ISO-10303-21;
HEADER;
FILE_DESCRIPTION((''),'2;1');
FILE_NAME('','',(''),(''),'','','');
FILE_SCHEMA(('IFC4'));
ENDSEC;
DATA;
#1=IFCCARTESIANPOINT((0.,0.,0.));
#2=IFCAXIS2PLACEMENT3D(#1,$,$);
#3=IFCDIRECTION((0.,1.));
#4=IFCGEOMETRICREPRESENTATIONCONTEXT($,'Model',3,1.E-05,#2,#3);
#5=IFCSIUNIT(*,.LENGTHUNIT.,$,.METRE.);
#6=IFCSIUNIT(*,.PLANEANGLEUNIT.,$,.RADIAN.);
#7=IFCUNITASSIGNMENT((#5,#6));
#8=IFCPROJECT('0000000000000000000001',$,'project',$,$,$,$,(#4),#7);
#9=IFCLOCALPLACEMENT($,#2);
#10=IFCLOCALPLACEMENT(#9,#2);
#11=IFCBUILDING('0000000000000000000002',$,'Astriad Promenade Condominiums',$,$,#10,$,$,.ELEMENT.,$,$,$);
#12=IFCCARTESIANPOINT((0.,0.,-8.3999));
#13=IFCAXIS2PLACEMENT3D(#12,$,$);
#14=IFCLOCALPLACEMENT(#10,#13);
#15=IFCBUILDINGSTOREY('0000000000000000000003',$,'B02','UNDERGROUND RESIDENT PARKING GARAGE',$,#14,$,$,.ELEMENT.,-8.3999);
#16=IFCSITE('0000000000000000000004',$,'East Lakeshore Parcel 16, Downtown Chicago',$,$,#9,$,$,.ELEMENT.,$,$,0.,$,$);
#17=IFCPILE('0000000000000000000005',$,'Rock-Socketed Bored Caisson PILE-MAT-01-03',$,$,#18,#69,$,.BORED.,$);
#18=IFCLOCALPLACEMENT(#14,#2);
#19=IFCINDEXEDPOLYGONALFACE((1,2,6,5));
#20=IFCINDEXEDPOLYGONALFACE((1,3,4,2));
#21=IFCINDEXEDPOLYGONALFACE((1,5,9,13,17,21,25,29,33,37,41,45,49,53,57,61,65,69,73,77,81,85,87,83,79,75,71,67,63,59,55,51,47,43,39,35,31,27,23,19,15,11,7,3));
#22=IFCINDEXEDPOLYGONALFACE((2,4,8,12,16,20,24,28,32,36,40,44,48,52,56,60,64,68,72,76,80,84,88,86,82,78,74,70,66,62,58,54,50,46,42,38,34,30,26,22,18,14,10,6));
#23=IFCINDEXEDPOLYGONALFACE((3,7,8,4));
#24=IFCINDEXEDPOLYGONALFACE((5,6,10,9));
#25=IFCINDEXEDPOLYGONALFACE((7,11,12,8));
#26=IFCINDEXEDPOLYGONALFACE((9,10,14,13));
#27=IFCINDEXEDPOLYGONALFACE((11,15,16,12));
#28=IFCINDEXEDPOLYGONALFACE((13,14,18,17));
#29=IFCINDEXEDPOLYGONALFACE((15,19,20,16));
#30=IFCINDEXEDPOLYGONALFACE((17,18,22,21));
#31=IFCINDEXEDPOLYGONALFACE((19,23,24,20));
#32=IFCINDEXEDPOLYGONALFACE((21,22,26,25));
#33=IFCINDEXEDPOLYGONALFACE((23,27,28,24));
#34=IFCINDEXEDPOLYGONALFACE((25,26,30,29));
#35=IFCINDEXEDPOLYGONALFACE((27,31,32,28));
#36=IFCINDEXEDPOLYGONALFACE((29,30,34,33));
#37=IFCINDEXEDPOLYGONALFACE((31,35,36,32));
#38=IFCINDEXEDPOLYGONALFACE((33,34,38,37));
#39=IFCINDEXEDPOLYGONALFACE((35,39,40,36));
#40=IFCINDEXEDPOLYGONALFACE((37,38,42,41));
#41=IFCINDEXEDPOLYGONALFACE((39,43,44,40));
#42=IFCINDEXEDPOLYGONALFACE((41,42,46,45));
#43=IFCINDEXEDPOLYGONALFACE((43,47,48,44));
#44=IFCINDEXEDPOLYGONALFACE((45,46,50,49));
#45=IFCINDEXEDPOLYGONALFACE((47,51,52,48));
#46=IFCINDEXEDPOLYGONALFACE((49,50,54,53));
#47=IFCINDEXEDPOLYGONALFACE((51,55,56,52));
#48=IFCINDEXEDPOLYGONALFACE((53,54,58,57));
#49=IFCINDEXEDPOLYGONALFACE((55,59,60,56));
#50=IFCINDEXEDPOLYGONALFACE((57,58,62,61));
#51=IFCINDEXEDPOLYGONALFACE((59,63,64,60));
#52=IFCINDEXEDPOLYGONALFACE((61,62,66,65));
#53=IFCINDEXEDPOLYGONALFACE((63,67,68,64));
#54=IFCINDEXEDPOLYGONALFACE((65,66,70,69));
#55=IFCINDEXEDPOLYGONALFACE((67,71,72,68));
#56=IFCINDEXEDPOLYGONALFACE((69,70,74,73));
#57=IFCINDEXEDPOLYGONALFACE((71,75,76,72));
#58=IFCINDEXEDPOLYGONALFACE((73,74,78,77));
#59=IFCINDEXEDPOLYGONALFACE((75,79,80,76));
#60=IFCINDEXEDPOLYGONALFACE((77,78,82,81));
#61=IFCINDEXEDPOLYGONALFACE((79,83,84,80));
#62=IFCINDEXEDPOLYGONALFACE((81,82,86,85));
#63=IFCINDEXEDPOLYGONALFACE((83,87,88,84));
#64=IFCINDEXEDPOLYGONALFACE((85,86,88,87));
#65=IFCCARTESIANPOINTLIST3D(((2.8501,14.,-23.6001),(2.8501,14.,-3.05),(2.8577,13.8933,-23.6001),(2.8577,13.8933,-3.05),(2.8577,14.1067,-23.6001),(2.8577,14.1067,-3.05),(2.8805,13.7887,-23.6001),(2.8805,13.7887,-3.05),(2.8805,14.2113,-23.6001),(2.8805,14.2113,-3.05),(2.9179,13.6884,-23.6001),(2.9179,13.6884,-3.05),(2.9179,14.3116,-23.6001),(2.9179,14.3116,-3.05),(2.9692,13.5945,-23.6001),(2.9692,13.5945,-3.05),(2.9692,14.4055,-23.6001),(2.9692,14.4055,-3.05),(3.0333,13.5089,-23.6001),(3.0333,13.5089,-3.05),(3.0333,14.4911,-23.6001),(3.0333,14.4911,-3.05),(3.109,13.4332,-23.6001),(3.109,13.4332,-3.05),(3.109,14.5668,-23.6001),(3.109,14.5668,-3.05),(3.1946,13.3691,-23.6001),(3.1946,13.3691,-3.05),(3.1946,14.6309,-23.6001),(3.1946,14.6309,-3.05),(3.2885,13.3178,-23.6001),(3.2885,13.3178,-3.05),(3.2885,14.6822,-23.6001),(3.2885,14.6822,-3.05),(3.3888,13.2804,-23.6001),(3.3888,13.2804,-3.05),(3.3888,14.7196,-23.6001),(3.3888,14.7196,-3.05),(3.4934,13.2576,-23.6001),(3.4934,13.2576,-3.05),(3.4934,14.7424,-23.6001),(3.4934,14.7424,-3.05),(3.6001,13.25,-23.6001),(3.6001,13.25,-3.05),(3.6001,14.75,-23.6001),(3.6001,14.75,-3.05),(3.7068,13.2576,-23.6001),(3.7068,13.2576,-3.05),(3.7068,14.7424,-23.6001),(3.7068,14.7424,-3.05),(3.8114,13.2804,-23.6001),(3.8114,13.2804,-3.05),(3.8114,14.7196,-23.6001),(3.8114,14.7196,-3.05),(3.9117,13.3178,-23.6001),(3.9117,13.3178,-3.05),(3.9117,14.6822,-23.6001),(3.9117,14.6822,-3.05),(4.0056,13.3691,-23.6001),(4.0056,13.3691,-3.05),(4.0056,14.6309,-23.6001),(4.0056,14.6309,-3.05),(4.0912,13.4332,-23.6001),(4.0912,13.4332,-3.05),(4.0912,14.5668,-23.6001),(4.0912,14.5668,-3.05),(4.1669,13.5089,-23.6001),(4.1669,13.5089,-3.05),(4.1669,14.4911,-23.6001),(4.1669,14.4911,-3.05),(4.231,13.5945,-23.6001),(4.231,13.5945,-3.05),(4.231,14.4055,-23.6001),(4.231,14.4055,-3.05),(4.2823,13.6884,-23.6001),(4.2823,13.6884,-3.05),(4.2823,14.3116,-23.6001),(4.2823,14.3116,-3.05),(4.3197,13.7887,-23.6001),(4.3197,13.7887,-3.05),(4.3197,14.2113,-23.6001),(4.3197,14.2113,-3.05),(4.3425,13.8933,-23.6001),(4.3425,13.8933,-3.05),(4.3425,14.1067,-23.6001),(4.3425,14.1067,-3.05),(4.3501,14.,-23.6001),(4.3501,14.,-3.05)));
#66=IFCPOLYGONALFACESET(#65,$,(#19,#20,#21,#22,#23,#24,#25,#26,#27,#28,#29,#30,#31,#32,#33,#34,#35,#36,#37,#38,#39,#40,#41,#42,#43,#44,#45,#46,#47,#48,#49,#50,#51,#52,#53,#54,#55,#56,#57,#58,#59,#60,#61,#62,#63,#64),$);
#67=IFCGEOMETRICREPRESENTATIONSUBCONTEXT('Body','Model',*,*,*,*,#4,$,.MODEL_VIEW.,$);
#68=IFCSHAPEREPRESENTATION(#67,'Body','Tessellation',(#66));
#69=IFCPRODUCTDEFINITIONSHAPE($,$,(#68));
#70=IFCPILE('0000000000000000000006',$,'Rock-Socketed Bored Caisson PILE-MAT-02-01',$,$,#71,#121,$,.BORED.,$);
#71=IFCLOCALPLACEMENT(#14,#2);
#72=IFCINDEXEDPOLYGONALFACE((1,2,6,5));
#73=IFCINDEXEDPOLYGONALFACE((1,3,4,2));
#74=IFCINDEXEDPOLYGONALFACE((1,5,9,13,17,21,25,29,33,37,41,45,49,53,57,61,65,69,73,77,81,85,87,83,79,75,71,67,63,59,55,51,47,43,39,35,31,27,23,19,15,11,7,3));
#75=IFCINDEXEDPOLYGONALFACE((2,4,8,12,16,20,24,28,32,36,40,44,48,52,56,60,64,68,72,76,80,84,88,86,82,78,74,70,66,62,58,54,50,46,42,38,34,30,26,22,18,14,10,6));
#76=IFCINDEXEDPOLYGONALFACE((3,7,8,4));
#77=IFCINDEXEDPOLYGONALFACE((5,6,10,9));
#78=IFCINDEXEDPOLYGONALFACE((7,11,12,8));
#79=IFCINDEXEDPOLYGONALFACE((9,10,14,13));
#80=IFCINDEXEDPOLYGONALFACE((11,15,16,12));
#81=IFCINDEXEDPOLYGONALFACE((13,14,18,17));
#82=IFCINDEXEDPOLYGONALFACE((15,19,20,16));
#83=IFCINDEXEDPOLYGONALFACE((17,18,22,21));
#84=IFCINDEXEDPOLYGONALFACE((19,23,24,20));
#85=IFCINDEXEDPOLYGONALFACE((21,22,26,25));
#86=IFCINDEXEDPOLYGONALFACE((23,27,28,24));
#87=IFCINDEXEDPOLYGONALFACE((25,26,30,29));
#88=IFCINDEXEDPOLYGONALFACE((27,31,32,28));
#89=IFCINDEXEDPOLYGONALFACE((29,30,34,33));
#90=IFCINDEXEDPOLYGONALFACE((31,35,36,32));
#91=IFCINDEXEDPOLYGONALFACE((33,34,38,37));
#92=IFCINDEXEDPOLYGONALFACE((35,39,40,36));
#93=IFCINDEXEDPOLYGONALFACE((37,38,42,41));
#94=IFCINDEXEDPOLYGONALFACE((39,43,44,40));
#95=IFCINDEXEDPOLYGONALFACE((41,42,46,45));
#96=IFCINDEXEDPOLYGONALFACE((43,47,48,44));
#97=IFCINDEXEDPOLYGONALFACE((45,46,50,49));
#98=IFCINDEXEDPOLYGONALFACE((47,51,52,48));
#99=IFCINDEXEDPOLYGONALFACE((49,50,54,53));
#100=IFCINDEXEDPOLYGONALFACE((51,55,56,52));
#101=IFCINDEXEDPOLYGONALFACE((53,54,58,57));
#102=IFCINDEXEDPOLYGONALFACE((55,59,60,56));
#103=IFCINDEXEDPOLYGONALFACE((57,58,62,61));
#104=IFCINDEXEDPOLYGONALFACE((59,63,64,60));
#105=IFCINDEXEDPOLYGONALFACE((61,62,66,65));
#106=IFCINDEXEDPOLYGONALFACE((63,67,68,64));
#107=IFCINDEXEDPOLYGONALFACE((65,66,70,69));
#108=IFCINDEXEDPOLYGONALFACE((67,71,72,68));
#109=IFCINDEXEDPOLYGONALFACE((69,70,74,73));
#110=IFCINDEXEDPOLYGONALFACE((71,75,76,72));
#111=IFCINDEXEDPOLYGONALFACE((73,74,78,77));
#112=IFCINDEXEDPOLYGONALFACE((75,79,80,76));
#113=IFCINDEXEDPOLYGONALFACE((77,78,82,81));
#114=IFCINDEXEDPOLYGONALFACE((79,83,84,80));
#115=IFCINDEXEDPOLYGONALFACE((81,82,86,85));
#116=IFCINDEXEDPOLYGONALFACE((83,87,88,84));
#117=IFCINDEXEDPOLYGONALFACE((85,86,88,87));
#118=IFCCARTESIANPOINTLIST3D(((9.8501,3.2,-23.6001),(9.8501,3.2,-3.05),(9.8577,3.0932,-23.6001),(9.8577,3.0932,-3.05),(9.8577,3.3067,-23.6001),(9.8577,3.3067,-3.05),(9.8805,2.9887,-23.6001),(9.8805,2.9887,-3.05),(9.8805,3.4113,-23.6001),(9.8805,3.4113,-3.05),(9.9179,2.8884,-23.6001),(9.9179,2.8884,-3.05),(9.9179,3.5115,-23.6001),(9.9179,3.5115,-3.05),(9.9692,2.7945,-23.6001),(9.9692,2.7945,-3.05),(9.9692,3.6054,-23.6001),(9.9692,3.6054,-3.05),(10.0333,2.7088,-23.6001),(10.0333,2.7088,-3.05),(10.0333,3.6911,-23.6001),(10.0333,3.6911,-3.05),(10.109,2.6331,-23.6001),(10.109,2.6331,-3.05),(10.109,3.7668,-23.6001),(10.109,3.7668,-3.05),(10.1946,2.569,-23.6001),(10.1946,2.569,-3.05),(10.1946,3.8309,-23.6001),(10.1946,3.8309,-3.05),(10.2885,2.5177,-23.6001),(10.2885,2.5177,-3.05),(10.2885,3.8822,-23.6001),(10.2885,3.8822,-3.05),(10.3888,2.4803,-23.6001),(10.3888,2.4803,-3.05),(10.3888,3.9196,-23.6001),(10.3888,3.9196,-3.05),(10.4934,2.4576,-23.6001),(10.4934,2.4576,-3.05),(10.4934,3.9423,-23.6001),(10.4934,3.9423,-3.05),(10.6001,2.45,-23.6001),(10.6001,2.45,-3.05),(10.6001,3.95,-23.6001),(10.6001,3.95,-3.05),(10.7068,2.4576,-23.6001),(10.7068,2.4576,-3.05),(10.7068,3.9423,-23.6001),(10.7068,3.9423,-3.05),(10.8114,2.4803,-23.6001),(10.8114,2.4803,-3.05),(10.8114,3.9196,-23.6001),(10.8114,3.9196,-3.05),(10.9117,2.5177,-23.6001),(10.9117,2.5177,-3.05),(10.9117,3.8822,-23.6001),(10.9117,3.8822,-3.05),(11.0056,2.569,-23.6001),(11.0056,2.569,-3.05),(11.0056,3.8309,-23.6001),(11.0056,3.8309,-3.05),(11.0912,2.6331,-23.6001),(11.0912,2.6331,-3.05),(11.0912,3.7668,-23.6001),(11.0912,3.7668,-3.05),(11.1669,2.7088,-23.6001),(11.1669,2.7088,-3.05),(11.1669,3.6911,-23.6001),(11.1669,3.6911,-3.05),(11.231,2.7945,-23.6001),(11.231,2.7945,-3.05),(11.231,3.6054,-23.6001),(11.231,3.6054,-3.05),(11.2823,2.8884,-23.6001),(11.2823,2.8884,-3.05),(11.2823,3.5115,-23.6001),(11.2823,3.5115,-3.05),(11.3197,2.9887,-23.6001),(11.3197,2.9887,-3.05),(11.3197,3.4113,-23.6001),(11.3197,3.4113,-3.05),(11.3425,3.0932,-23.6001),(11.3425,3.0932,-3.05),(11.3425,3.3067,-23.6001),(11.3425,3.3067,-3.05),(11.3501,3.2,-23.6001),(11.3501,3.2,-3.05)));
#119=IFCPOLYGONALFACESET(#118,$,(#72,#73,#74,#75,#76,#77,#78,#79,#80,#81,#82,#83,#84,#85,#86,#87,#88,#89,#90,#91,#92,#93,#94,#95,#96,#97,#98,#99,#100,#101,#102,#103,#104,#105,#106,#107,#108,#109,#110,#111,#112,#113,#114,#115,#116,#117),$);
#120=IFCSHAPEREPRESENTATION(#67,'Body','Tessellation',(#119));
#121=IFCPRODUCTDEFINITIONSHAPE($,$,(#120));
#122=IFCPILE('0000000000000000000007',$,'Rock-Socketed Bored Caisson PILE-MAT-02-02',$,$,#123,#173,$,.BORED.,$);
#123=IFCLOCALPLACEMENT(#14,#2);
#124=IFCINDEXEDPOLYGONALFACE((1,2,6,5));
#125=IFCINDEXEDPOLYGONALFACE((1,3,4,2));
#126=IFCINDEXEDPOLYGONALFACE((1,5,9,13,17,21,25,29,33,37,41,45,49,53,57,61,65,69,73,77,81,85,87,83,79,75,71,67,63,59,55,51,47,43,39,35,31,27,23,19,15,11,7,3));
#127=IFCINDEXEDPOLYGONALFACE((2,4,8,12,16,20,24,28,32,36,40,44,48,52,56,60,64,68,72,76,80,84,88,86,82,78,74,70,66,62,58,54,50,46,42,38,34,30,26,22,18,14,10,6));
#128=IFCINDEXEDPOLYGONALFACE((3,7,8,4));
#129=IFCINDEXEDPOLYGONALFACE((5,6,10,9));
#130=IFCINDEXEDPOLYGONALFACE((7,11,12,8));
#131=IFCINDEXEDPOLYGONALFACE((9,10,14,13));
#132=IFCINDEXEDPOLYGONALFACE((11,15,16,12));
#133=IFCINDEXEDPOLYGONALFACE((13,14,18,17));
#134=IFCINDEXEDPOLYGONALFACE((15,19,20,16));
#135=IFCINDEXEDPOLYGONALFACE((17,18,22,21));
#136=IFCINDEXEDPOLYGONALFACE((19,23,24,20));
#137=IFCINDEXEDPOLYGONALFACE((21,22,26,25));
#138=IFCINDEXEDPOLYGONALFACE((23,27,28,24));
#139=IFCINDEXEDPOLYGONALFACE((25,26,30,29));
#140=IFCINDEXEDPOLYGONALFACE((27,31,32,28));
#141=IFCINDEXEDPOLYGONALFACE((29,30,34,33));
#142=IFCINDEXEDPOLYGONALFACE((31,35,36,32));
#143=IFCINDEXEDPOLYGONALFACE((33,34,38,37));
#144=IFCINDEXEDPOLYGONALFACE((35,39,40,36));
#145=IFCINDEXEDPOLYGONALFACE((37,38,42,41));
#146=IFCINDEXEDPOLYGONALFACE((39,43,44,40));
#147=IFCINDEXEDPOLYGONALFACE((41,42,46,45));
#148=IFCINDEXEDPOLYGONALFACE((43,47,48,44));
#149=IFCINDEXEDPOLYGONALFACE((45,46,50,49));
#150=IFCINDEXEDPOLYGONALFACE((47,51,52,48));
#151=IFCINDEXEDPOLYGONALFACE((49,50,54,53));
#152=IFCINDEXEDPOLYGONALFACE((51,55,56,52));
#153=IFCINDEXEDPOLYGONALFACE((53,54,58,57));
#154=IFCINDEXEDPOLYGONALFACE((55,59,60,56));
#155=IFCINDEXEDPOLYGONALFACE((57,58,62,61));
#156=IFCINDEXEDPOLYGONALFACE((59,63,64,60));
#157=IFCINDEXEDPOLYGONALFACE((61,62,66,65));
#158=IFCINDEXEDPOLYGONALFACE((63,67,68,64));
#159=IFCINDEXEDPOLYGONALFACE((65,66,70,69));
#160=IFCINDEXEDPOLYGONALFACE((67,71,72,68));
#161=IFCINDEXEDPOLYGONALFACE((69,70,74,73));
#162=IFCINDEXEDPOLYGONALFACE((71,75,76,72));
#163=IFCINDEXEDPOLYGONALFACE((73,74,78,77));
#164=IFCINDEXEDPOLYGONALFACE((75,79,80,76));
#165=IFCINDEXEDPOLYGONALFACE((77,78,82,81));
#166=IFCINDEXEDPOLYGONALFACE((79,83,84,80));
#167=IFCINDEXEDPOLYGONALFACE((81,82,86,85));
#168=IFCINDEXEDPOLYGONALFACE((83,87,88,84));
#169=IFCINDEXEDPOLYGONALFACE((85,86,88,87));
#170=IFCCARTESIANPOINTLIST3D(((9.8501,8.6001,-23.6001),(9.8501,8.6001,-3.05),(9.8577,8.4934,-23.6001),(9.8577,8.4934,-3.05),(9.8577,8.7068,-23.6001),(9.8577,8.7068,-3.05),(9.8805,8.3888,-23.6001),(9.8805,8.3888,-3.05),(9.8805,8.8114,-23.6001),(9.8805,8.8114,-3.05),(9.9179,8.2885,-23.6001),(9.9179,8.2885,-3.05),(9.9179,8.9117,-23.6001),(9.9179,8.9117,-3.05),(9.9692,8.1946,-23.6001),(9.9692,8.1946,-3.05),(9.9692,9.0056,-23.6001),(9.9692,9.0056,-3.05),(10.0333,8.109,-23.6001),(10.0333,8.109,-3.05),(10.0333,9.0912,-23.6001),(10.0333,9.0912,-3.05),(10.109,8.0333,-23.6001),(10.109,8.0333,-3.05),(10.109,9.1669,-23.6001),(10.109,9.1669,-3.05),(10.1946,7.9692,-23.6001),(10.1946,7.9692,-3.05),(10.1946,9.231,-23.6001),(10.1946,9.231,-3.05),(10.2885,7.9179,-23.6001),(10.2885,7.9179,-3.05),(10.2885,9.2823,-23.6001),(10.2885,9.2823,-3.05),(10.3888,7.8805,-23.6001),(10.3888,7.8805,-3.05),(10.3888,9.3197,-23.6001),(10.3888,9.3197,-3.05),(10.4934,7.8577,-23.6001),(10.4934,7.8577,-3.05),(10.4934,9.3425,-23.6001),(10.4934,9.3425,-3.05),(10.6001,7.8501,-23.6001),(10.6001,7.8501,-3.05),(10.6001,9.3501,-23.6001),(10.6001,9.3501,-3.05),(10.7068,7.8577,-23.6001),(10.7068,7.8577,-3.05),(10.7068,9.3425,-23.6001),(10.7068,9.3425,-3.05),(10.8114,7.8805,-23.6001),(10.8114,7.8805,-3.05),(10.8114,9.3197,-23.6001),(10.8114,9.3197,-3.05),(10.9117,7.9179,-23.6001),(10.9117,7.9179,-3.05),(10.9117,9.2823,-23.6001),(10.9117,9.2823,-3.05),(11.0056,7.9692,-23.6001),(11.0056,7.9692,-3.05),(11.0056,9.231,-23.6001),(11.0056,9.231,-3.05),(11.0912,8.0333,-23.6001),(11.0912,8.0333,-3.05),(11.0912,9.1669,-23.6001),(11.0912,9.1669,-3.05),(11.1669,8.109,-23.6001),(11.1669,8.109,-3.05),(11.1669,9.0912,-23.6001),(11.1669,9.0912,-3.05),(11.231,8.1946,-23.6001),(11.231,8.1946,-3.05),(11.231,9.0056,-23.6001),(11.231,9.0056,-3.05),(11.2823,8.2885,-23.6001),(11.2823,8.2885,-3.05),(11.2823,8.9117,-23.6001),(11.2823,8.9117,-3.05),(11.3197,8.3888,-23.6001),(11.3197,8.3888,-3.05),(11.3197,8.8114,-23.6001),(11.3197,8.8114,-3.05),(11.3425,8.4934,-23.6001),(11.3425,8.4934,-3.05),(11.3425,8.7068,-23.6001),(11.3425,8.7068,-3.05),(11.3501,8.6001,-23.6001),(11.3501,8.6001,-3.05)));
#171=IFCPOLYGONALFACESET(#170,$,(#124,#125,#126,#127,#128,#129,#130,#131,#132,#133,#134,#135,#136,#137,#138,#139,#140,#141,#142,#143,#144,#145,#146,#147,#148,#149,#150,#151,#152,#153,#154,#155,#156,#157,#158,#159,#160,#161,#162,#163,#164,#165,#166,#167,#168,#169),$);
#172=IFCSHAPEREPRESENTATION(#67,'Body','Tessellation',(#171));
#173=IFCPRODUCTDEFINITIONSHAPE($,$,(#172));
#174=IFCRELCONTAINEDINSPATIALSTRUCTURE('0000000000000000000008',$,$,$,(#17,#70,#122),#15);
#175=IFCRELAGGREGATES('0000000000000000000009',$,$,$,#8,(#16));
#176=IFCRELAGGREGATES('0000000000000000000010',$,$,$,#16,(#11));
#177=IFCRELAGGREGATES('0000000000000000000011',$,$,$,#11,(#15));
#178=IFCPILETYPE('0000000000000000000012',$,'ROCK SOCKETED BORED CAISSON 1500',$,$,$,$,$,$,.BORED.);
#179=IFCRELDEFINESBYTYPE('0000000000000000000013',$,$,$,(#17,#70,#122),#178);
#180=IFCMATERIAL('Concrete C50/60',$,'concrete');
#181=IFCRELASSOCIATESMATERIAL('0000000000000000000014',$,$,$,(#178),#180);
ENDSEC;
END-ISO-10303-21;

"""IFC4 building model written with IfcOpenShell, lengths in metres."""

from ifc_helpers import new_model, si_unit, direction, frame, origin, origin_2d, place, context, subcontext, project, spatial, circle, extrude, source, transform, mapped, material, material_profile, profile_set, type_object, type_shapes, element, save


model = new_model("IFC4")

# Units and contexts
model_context = context("Model", 3, precision=1e-05, world=origin(), true_north=direction((0.0, 1.0)))
body_context = subcontext(model_context, "Body", "Model", "MODEL_VIEW")
ifc_project = project(units=[si_unit("LENGTHUNIT", "METRE"), si_unit("PLANEANGLEUNIT", "RADIAN")], contexts=[model_context])

# Site, building, storey
site_placement = place(None, origin())
site = spatial("IfcSite", under=ifc_project, at=site_placement, Name="East Lakeshore Parcel 16, Downtown Chicago", CompositionType="ELEMENT", RefElevation=0.0)
building_placement = place(site_placement, origin())
building = spatial("IfcBuilding", under=site, at=building_placement, Name="Astriad Promenade Condominiums", CompositionType="ELEMENT")
storey_placement = place(building_placement, frame((0.0, 0.0, -8.3999)))
storey = spatial("IfcBuildingStorey", under=building, at=storey_placement, Name="B02", Description="UNDERGROUND RESIDENT PARKING GARAGE", CompositionType="ELEMENT", Elevation=-8.3999)

# Piles
ifc_material_1 = material(Name="Concrete C50/60", Category="concrete")
ifc_material_profile_1 = material_profile(ifc_material_1, circle(Radius=0.75, at=origin_2d()), Name="CAISSON-D1500")
ifc_profile_set_1 = profile_set([ifc_material_profile_1], Name="Concrete C50/60")
pile_type = type_object("IfcPileType", Name="ROCK SOCKETED BORED CAISSON 1500", PredefinedType="BORED", material=ifc_profile_set_1)
shared_shape_1 = source(origin(), body_context, "Body", "SweptSolid", [
    extrude(circle(Radius=0.75, at=origin_2d()), origin(), (0.0, 0.0, 1.0), 20.55),
])
type_shapes(pile_type, [shared_shape_1])
for number, where, z_axis, x_axis, name in (
    (1, (3.6001, 14.0, -3.05), (0.0, 0.0, -1.0), (1.0, 0.0, 0.0), "Rock-Socketed Bored Caisson PILE-MAT-01-03"),
    (2, (10.6001, 3.2, -3.05), (0.0, 0.0, -1.0), (1.0, 0.0, 0.0), "Rock-Socketed Bored Caisson PILE-MAT-02-01"),
    (3, (10.6001, 8.6001, -3.05), (0.0, 0.0, -1.0), (1.0, 0.0, 0.0), "Rock-Socketed Bored Caisson PILE-MAT-02-02"),
):
    element("IfcPile", number, at=place(storey_placement, frame(where, z_axis=z_axis, x_axis=x_axis)), inside=storey, type_object=pile_type, Name=name, PredefinedType="BORED", context=body_context, shape_type="MappedRepresentation", body=[
        mapped(shared_shape_1, transform((0.0, 0.0, 0.0), scale=1.0)),
    ])

save(model, "model.ifc")
